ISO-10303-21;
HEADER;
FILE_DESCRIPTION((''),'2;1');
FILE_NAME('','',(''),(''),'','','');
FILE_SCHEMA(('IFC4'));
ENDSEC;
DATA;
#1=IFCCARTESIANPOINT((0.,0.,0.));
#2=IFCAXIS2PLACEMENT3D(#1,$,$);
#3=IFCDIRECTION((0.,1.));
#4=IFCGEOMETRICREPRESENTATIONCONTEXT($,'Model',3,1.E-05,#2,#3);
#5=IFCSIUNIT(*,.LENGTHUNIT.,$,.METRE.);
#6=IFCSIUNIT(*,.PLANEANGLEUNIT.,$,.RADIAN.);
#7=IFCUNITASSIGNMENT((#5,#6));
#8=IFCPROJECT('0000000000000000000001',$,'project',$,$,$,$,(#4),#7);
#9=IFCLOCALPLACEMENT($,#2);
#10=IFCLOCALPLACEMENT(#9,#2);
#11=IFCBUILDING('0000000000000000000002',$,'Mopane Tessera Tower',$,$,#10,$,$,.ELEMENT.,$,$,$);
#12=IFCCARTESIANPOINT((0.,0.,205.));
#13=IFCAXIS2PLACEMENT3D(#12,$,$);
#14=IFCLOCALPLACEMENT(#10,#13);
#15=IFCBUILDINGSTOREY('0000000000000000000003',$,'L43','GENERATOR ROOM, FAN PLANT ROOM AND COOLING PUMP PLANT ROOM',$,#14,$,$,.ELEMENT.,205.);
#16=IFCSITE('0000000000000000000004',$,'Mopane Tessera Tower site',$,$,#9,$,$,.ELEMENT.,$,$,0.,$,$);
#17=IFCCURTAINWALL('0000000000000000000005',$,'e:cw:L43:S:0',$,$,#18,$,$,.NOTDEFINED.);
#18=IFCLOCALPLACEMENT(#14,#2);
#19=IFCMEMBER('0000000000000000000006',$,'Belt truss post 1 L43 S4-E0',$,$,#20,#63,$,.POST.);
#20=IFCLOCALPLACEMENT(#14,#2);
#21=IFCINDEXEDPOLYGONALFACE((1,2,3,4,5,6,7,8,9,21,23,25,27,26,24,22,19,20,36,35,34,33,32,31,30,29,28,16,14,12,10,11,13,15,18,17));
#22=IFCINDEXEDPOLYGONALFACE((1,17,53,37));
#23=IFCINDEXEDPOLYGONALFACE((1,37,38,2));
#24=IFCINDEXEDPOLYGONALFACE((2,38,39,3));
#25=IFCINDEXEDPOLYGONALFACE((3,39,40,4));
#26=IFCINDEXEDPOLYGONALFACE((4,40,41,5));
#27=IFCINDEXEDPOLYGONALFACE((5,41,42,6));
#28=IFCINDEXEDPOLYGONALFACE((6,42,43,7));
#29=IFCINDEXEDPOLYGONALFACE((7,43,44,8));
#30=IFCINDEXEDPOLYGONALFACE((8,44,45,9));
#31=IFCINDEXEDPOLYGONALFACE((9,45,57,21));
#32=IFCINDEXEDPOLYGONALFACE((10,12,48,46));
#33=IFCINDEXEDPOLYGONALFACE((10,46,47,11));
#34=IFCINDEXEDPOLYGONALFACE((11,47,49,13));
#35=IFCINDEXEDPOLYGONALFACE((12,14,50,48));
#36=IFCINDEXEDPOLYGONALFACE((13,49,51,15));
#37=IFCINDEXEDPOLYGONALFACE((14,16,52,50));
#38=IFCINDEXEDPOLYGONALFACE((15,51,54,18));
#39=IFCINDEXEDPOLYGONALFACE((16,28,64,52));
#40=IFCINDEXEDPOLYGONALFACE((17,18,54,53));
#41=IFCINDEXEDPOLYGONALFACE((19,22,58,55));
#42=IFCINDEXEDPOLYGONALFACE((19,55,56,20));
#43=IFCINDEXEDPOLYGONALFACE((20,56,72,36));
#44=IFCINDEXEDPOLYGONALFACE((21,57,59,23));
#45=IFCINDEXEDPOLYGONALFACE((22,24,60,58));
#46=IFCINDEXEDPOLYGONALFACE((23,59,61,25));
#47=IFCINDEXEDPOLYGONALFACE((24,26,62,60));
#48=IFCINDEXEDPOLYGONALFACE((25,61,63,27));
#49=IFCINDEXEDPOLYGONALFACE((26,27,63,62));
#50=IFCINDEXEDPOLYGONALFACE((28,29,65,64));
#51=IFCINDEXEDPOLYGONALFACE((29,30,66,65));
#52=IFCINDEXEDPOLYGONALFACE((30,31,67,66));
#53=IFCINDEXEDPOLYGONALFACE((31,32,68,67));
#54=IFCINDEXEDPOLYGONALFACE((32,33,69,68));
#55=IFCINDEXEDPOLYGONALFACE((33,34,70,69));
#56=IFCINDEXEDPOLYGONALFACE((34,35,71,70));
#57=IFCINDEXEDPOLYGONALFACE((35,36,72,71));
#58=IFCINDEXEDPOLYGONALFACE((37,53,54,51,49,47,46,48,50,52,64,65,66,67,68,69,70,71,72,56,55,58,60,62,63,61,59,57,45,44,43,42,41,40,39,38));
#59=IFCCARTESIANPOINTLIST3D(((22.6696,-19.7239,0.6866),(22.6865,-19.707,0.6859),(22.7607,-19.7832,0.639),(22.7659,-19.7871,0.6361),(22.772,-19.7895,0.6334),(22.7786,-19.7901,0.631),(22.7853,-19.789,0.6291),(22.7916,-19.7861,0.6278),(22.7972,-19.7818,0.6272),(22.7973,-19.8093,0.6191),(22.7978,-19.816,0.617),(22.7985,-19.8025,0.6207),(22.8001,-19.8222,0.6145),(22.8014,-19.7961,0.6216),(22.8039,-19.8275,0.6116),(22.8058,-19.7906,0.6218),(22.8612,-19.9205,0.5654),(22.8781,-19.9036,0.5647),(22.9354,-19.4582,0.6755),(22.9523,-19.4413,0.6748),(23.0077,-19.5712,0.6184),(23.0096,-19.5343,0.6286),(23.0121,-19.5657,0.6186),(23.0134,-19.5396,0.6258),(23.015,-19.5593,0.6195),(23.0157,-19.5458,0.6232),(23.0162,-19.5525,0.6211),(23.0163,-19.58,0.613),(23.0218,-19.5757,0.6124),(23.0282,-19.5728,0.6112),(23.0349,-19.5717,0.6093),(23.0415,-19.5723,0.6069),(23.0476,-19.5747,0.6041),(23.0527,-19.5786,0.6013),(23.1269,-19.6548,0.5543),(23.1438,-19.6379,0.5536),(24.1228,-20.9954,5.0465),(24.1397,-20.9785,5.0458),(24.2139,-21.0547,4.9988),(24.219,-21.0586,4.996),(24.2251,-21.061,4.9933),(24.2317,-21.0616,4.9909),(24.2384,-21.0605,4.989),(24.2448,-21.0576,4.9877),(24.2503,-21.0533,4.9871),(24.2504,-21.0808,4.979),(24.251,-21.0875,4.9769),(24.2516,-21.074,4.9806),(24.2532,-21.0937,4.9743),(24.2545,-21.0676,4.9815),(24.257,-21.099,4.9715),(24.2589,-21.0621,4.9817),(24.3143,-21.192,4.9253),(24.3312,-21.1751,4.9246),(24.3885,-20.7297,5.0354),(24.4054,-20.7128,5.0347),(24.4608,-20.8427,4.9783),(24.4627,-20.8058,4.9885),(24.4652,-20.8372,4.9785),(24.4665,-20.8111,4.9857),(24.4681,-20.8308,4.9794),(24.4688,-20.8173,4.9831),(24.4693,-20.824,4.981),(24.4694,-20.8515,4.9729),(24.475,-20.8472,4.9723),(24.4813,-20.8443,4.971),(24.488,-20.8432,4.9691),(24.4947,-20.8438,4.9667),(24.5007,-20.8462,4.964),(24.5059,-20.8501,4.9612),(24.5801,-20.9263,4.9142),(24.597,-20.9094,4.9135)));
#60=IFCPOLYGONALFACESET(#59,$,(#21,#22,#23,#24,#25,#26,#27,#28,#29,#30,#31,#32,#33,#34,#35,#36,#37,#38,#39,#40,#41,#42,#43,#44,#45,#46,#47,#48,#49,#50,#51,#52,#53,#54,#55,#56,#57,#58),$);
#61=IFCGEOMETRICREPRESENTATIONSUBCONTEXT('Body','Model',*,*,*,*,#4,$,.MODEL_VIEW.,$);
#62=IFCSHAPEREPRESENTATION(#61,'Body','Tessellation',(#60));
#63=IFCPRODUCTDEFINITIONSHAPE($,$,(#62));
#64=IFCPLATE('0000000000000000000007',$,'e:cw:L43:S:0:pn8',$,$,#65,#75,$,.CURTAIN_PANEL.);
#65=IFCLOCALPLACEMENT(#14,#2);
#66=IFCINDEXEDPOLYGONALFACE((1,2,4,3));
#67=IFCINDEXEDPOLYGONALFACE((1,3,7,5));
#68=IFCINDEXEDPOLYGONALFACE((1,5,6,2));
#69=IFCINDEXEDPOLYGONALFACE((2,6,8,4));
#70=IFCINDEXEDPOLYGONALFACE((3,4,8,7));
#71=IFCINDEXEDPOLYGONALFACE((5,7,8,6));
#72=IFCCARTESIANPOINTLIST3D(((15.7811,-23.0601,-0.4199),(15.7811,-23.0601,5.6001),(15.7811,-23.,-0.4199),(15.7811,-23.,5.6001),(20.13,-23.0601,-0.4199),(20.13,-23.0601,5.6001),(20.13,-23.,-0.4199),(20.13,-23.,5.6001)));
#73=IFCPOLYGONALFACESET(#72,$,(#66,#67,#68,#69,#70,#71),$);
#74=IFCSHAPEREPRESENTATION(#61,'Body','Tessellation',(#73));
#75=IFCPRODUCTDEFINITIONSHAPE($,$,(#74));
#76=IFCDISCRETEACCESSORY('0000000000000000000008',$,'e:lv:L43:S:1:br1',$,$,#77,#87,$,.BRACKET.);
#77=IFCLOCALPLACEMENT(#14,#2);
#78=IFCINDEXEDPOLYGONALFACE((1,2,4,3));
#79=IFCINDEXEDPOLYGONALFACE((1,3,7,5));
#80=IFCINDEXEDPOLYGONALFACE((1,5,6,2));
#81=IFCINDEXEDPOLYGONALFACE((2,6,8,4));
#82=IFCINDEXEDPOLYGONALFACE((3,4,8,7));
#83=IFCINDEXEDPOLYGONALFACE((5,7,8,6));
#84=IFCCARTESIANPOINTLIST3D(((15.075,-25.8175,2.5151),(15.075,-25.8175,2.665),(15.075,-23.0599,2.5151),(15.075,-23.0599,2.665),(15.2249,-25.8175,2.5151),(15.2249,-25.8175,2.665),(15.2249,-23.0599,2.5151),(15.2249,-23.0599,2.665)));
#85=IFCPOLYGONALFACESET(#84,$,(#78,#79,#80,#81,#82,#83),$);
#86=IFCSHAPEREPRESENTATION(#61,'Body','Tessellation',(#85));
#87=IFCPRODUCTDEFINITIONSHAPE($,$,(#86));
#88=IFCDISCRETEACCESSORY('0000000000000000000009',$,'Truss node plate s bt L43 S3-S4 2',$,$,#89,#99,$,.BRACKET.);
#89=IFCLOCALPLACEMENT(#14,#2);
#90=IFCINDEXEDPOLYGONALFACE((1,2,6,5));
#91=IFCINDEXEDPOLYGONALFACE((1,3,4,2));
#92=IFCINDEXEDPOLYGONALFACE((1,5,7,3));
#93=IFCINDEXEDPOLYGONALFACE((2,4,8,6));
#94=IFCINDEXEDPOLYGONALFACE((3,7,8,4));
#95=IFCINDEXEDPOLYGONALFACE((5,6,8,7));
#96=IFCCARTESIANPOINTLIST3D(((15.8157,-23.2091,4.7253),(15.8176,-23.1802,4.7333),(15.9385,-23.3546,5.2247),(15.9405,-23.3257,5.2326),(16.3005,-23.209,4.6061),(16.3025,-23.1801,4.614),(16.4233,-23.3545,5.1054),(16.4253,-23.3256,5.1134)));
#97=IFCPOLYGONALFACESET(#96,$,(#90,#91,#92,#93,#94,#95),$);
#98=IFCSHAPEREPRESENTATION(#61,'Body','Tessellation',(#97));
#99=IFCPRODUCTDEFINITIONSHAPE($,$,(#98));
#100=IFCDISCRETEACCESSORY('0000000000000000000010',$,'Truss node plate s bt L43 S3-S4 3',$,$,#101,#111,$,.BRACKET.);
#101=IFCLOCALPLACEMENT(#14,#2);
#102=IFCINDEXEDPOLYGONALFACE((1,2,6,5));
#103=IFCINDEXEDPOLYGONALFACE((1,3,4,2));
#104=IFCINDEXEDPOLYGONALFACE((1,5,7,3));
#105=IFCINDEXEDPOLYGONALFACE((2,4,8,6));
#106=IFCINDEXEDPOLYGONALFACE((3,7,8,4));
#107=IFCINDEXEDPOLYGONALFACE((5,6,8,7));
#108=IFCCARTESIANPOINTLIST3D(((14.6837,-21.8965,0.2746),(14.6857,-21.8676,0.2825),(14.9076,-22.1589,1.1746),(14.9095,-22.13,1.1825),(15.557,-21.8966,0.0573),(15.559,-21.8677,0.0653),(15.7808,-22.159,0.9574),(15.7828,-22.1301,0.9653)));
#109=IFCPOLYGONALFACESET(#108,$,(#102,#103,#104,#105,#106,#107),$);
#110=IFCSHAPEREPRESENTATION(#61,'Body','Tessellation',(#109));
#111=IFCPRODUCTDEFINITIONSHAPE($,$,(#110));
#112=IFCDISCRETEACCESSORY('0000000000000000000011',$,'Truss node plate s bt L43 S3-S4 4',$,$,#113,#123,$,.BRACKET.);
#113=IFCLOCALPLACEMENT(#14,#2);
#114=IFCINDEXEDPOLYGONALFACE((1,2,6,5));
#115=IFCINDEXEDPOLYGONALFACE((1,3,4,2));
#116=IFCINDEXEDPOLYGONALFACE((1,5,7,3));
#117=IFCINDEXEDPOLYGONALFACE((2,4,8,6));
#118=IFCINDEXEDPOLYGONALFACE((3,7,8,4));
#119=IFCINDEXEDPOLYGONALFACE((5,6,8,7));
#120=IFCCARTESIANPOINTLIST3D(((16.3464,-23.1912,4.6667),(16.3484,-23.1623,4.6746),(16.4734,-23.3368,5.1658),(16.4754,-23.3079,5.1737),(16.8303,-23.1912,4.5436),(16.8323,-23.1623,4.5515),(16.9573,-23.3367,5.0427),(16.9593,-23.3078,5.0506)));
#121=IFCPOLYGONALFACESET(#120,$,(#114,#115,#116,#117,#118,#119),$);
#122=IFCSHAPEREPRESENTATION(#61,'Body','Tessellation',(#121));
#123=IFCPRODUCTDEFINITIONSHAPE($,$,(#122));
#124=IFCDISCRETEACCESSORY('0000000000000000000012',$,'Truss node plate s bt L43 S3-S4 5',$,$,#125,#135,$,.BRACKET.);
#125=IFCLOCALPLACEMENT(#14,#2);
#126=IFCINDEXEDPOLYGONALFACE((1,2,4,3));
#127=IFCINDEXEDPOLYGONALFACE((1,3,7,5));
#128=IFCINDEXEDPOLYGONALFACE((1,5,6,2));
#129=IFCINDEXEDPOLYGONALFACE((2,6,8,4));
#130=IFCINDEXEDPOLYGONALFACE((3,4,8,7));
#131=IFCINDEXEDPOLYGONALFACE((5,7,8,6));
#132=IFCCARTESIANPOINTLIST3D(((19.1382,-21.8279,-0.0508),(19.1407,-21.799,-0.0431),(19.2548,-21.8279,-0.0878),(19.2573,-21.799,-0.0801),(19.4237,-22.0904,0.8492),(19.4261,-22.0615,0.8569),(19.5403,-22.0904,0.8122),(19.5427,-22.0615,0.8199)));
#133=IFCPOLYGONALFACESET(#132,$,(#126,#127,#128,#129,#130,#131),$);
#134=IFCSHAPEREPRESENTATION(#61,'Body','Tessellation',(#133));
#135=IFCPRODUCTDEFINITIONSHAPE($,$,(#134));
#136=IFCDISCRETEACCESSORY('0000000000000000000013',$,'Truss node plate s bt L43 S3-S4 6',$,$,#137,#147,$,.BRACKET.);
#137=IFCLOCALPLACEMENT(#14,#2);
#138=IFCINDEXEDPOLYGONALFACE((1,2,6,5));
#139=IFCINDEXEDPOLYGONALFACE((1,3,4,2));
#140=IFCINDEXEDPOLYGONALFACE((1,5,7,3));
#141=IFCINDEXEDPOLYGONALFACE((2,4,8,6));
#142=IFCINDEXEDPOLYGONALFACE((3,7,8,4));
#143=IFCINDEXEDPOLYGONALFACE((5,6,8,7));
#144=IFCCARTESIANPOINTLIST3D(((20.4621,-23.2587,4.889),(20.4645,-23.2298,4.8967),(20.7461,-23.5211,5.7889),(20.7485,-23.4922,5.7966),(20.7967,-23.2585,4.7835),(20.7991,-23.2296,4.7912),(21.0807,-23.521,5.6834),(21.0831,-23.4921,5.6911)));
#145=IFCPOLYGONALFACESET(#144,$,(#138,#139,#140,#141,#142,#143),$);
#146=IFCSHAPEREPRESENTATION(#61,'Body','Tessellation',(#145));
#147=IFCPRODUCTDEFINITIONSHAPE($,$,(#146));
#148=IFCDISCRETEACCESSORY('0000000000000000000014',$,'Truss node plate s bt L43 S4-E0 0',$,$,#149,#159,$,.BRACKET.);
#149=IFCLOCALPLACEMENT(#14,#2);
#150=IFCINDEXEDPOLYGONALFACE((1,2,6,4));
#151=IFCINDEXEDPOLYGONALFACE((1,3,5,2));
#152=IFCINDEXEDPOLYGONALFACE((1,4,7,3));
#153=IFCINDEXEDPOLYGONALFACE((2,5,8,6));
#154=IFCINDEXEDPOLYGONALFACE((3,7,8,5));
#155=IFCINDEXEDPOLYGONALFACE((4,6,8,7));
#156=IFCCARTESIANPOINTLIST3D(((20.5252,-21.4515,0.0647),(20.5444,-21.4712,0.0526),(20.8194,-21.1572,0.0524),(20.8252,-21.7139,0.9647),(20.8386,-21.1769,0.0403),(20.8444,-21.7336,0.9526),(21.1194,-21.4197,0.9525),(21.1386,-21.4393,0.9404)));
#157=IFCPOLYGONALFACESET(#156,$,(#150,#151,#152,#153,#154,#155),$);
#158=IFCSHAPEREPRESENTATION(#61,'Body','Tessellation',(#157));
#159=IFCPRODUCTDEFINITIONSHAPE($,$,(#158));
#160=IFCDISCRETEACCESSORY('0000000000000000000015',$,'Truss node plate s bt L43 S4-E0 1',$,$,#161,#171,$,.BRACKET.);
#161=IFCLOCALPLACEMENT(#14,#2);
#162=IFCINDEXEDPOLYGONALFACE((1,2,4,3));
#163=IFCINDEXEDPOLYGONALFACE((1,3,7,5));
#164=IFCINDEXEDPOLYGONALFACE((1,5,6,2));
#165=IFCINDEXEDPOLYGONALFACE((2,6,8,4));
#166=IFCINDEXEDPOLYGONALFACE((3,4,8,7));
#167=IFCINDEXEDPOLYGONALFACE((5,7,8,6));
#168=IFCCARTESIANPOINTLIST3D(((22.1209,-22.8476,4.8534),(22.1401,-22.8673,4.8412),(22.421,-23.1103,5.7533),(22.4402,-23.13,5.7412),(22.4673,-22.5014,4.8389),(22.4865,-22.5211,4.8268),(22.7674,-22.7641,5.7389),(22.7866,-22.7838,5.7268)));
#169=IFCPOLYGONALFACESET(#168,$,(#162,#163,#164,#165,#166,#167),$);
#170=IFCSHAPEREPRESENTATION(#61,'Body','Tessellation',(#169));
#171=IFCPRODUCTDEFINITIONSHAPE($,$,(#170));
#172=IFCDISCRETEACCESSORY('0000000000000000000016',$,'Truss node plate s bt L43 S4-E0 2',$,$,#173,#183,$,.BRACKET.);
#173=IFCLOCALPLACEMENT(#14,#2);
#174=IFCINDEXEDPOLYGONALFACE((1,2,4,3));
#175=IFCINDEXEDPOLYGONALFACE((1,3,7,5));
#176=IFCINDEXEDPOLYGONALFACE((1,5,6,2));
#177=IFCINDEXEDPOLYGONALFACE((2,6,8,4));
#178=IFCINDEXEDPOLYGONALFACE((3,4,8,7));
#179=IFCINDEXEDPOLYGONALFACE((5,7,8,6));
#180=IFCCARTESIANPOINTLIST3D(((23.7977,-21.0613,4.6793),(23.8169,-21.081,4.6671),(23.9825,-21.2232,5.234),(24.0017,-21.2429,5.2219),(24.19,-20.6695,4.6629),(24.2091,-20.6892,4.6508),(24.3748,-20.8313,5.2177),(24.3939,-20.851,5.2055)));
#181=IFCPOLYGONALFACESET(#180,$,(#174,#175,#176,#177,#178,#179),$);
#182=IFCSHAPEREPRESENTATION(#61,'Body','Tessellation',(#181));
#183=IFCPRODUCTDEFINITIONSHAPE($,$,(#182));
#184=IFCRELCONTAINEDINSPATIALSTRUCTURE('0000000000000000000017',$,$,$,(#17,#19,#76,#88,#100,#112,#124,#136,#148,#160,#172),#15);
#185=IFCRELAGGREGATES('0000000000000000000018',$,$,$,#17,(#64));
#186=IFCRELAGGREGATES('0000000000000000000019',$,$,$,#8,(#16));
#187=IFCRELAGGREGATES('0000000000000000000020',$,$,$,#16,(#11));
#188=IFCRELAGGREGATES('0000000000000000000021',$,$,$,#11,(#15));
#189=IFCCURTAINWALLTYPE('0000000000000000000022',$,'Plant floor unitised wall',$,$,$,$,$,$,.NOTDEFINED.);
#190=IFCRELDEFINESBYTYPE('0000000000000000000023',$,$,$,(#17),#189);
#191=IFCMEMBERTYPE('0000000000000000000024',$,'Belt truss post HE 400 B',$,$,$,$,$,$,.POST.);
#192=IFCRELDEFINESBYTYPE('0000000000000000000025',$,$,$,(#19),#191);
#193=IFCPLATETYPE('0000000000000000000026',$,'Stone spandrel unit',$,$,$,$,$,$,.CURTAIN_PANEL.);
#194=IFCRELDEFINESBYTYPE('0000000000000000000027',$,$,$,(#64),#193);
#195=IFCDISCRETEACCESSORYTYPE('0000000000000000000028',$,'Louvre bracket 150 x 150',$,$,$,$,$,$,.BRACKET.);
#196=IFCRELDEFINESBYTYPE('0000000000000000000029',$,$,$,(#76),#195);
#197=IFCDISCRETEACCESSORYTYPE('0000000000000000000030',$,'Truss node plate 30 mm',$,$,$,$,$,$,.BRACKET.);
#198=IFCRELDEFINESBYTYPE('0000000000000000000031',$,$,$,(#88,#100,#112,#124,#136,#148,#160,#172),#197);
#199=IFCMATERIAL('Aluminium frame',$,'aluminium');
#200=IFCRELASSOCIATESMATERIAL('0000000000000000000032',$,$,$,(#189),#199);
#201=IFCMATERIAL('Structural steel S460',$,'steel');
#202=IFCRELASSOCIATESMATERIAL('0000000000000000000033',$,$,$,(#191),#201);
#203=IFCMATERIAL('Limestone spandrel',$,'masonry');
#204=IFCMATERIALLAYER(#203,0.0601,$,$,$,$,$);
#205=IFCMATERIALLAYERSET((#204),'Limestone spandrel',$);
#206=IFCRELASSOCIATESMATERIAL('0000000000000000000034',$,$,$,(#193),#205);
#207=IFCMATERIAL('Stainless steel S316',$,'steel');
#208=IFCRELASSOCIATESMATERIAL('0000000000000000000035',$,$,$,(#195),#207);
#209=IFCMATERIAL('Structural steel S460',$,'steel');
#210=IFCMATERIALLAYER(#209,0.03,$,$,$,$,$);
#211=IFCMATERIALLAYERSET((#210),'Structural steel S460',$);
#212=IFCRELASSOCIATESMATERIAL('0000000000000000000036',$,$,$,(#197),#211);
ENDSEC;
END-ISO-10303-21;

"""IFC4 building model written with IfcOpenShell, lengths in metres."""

from ifc_helpers import new_model, si_unit, direction, frame, origin, origin_2d, place, context, subcontext, project, spatial, rectangle, i_section, extrude, material, layer, layer_set, material_profile, profile_set, type_object, element, aggregate, save


model = new_model("IFC4")

# Units and contexts
model_context = context("Model", 3, precision=1e-05, world=origin(), true_north=direction((0.0, 1.0)))
body_context = subcontext(model_context, "Body", "Model", "MODEL_VIEW")
ifc_project = project(units=[si_unit("LENGTHUNIT", "METRE"), si_unit("PLANEANGLEUNIT", "RADIAN")], contexts=[model_context])

# Site, building, storey
site_placement = place(None, origin())
site = spatial("IfcSite", under=ifc_project, at=site_placement, Name="Mopane Tessera Tower site", CompositionType="ELEMENT", RefElevation=0.0)
building_placement = place(site_placement, origin())
building = spatial("IfcBuilding", under=site, at=building_placement, Name="Mopane Tessera Tower", CompositionType="ELEMENT")
storey_placement = place(building_placement, frame((0.0, 0.0, 205.0)))
storey = spatial("IfcBuildingStorey", under=building, at=storey_placement, Name="L43", Description="GENERATOR ROOM, FAN PLANT ROOM AND COOLING PUMP PLANT ROOM", CompositionType="ELEMENT", Elevation=205.0)

# Curtain wall
ifc_material_1 = material(Name="Aluminium frame", Category="aluminium")
curtain_wall_type = type_object("IfcCurtainWallType", Name="Plant floor unitised wall", PredefinedType="NOTDEFINED", material=ifc_material_1)
curtain_wall_placement = place(storey_placement, origin())
curtain_wall = element("IfcCurtainWall", 1, at=curtain_wall_placement, inside=storey, type_object=curtain_wall_type, Name="e:cw:L43:S:0", PredefinedType="NOTDEFINED")

# Member
ifc_material_2 = material(Name="Structural steel S460", Category="steel")
ifc_material_profile_1 = material_profile(ifc_material_2, i_section(OverallWidth=0.3, OverallDepth=0.3999, WebThickness=0.0134, FlangeThickness=0.0239, FilletRadius=0.0271, at=origin_2d()))
ifc_profile_set_1 = profile_set([ifc_material_profile_1], Name="Structural steel S460")
member_type_1 = type_object("IfcMemberType", Name="Belt truss post HE 400 B", PredefinedType="POST", material=ifc_profile_set_1)
member_1_placement = place(storey_placement, frame((22.9067, -19.6809, 0.6201), z_axis=(0.304747, -0.266654, 0.914344), x_axis=(-0.638405, 0.655233, 0.403866)))
element("IfcMember", 2, at=member_1_placement, inside=storey, type_object=member_type_1, Name="Belt truss post 1 L43 S4-E0", PredefinedType="POST", context=body_context, shape_type="SweptSolid", body=[
    extrude(i_section(OverallWidth=0.3, OverallDepth=0.3999, WebThickness=0.0134, FlangeThickness=0.0239, FilletRadius=0.0271, at=origin_2d()), origin(), (0.0, 0.0, 1.0), 4.7683),
])

# Plate
ifc_material_3 = material(Name="Limestone spandrel", Category="masonry")
ifc_layer_1 = layer(ifc_material_3, 0.0601)
ifc_layer_set_1 = layer_set([ifc_layer_1], Name="Limestone spandrel")
plate_type = type_object("IfcPlateType", Name="Stone spandrel unit", PredefinedType="CURTAIN_PANEL", material=ifc_layer_set_1)
plate_placement = place(storey_placement, frame((17.9556, -23.03, -0.4199), z_axis=(0.0, 0.0, 1.0), x_axis=(1.0, 0.0, 0.0)))
plate = element("IfcPlate", 3, at=plate_placement, type_object=plate_type, Name="e:cw:L43:S:0:pn8", PredefinedType="CURTAIN_PANEL", context=body_context, shape_type="SweptSolid", body=[
    extrude(rectangle(XDim=4.3489, YDim=0.0601, at=origin_2d()), origin(), (0.0, 0.0, 1.0), 6.02),
])
aggregate(curtain_wall, [plate])

# Discrete accessories
ifc_material_4 = material(Name="Stainless steel S316", Category="steel")
discrete_accessory_type_1 = type_object("IfcDiscreteAccessoryType", Name="Louvre bracket 150 x 150", PredefinedType="BRACKET", material=ifc_material_4)
discrete_accessory_1_placement = place(storey_placement, frame((15.1499, -24.4387, 2.5151), z_axis=(0.0, 0.0, 1.0), x_axis=(0.0, -1.0, 0.0)))
element("IfcDiscreteAccessory", 4, at=discrete_accessory_1_placement, inside=storey, type_object=discrete_accessory_type_1, Name="e:lv:L43:S:1:br1", PredefinedType="BRACKET", context=body_context, shape_type="SweptSolid", body=[
    extrude(rectangle(XDim=2.7576, YDim=0.1499, at=origin_2d()), origin(), (0.0, 0.0, 1.0), 0.1499),
])
ifc_material_5 = material(Name="Structural steel S460", Category="steel")
ifc_layer_2 = layer(ifc_material_5, 0.03)
ifc_layer_set_2 = layer_set([ifc_layer_2], Name="Structural steel S460")
discrete_accessory_type_2 = type_object("IfcDiscreteAccessoryType", Name="Truss node plate 30 mm", PredefinedType="BRACKET", material=ifc_layer_set_2)
discrete_accessory_2_placement = place(storey_placement, frame((16.0591, -23.1946, 4.6697), z_axis=(0.229821, -0.272312, 0.93436), x_axis=(0.064856, 0.962209, 0.264476)))
element("IfcDiscreteAccessory", 5, at=discrete_accessory_2_placement, inside=storey, type_object=discrete_accessory_type_2, Name="Truss node plate s bt L43 S3-S4 2", PredefinedType="BRACKET", context=body_context, shape_type="SweptSolid", body=[
    extrude(rectangle(XDim=0.03, YDim=0.4993, at=origin_2d()), origin(), (0.0, 0.0, 1.0), 0.5344),
])
discrete_accessory_3_placement = place(storey_placement, frame((15.1213, -21.8821, 0.1699), z_axis=(0.232241, -0.272257, 0.933777), x_axis=(0.065796, 0.962225, 0.264187)))
element("IfcDiscreteAccessory", 6, at=discrete_accessory_3_placement, inside=storey, type_object=discrete_accessory_type_2, Name="Truss node plate s bt L43 S3-S4 3", PredefinedType="BRACKET", context=body_context, shape_type="SweptSolid", body=[
    extrude(rectangle(XDim=0.03, YDim=0.8999, at=origin_2d()), origin(), (0.0, 0.0, 1.0), 0.9639),
])
discrete_accessory_4_placement = place(storey_placement, frame((16.5894, -23.1768, 4.6091), z_axis=(0.237259, -0.271935, 0.932609), x_axis=(0.066918, 0.962316, 0.263573)))
element("IfcDiscreteAccessory", 7, at=discrete_accessory_4_placement, inside=storey, type_object=discrete_accessory_type_2, Name="Truss node plate s bt L43 S3-S4 4", PredefinedType="BRACKET", context=body_context, shape_type="SweptSolid", body=[
    extrude(rectangle(XDim=0.03, YDim=0.4993, at=origin_2d()), origin(), (0.0, 0.0, 1.0), 0.5352),
])
discrete_accessory_5_placement = place(storey_placement, frame((19.1978, -21.8135, -0.0654), z_axis=(0.291262, -0.267841, 0.918383), x_axis=(0.080925, 0.963463, 0.255323)))
element("IfcDiscreteAccessory", 8, at=discrete_accessory_5_placement, inside=storey, type_object=discrete_accessory_type_2, Name="Truss node plate s bt L43 S3-S4 5", PredefinedType="BRACKET", context=body_context, shape_type="SweptSolid", body=[
    extrude(rectangle(XDim=0.03, YDim=0.1223, at=origin_2d()), origin(), (0.0, 0.0, 1.0), 0.98),
])
discrete_accessory_6_placement = place(storey_placement, frame((20.6306, -23.2441, 4.8401), z_axis=(0.289893, -0.267957, 0.918782), x_axis=(0.08018, 0.963431, 0.255681)))
element("IfcDiscreteAccessory", 9, at=discrete_accessory_6_placement, inside=storey, type_object=discrete_accessory_type_2, Name="Truss node plate s bt L43 S3-S4 6", PredefinedType="BRACKET", context=body_context, shape_type="SweptSolid", body=[
    extrude(rectangle(XDim=0.03, YDim=0.3508, at=origin_2d()), origin(), (0.0, 0.0, 1.0), 0.9795),
])
discrete_accessory_7_placement = place(storey_placement, frame((20.6819, -21.3142, 0.0525), z_axis=(0.304783, -0.266592, 0.91435), x_axis=(-0.638523, 0.655127, 0.403853)))
element("IfcDiscreteAccessory", 10, at=discrete_accessory_7_placement, inside=storey, type_object=discrete_accessory_type_2, Name="Truss node plate s bt L43 S4-E0 0", PredefinedType="BRACKET", context=body_context, shape_type="SweptSolid", body=[
    extrude(rectangle(XDim=0.03, YDim=0.4163, at=origin_2d()), origin(), (0.0, 0.0, 1.0), 0.9844),
])
discrete_accessory_8_placement = place(storey_placement, frame((22.3037, -22.6843, 4.8401), z_axis=(0.304832, -0.266883, 0.914249), x_axis=(-0.638145, 0.655354, 0.404081)))
element("IfcDiscreteAccessory", 11, at=discrete_accessory_8_placement, inside=storey, type_object=discrete_accessory_type_2, Name="Truss node plate s bt L43 S4-E0 1", PredefinedType="BRACKET", context=body_context, shape_type="SweptSolid", body=[
    extrude(rectangle(XDim=0.03, YDim=0.49, at=origin_2d()), origin(), (0.0, 0.0, 1.0), 0.9844),
])
discrete_accessory_9_placement = place(storey_placement, frame((24.0034, -20.8752, 4.665), z_axis=(0.304643, -0.266814, 0.914332), x_axis=(-0.63809, 0.655524, 0.403894)))
element("IfcDiscreteAccessory", 12, at=discrete_accessory_9_placement, inside=storey, type_object=discrete_accessory_type_2, Name="Truss node plate s bt L43 S4-E0 2", PredefinedType="BRACKET", context=body_context, shape_type="SweptSolid", body=[
    extrude(rectangle(XDim=0.03, YDim=0.5547, at=origin_2d()), origin(), (0.0, 0.0, 1.0), 0.6067),
])

save(model, "model.ifc")
